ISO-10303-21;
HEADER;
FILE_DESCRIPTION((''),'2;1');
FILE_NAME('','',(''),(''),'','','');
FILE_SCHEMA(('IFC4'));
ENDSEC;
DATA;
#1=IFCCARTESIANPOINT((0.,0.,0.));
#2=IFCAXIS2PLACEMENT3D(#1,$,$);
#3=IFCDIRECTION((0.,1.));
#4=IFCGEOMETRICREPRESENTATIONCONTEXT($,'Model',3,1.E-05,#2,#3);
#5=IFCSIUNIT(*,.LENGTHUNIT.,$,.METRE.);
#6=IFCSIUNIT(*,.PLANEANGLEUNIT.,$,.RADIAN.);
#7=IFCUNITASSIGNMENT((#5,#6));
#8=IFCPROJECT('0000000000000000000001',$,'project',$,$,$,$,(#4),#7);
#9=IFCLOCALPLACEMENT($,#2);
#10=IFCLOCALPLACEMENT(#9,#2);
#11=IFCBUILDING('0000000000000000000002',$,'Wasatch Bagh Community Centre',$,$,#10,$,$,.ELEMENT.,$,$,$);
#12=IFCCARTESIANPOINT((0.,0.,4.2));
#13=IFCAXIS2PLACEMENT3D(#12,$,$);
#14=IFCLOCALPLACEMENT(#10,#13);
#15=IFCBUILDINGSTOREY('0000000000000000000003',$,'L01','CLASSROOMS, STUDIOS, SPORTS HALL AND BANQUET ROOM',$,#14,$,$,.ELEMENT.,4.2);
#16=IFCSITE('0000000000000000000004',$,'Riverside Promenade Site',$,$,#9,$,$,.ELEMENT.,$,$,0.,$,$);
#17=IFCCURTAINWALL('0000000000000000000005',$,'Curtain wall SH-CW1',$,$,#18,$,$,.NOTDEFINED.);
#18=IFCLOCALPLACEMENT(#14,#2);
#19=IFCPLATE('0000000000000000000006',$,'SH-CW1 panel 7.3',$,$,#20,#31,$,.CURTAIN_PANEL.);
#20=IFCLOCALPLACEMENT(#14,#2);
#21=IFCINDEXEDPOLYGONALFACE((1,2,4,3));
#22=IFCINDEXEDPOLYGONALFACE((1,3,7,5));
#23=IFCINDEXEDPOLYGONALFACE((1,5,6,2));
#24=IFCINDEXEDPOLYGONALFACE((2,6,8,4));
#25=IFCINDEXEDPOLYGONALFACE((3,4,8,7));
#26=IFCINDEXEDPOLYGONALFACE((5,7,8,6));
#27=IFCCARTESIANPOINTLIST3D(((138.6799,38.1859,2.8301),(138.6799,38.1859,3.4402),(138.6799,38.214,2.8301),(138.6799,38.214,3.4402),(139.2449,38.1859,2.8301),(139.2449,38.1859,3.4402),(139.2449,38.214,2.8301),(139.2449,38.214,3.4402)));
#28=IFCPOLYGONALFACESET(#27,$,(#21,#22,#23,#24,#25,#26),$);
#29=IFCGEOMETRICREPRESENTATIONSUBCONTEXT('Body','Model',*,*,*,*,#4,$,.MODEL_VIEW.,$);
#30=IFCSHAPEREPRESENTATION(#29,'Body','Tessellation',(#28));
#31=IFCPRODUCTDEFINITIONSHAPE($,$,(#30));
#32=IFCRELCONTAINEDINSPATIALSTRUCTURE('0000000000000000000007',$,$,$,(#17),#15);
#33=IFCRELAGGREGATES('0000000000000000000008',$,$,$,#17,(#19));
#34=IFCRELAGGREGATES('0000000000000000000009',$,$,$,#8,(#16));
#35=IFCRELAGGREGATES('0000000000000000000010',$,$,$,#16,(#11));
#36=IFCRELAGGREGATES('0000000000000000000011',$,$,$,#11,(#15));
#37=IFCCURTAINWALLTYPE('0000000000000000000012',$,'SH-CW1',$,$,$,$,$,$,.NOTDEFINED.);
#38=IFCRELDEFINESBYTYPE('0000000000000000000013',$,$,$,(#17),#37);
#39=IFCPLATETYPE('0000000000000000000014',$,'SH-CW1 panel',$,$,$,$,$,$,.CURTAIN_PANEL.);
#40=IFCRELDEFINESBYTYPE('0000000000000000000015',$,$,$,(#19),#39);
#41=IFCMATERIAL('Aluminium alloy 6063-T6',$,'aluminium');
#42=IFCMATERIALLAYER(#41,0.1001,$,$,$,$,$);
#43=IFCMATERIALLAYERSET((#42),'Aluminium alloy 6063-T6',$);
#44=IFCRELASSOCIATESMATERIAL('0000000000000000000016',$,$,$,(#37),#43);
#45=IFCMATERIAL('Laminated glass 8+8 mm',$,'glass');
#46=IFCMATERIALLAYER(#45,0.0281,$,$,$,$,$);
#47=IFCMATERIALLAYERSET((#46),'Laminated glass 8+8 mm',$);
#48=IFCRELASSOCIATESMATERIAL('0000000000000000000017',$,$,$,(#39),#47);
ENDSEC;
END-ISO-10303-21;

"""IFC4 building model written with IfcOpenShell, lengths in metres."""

from ifc_helpers import new_model, si_unit, direction, frame, origin, origin_2d, place, context, subcontext, project, spatial, rectangle, extrude, material, layer, layer_set, type_object, element, aggregate, save


model = new_model("IFC4")

# Units and contexts
model_context = context("Model", 3, precision=1e-05, world=origin(), true_north=direction((0.0, 1.0)))
body_context = subcontext(model_context, "Body", "Model", "MODEL_VIEW")
ifc_project = project(units=[si_unit("LENGTHUNIT", "METRE"), si_unit("PLANEANGLEUNIT", "RADIAN")], contexts=[model_context])

# Site, building, storey
site_placement = place(None, origin())
site = spatial("IfcSite", under=ifc_project, at=site_placement, Name="Riverside Promenade Site", CompositionType="ELEMENT", RefElevation=0.0)
building_placement = place(site_placement, origin())
building = spatial("IfcBuilding", under=site, at=building_placement, Name="Wasatch Bagh Community Centre", CompositionType="ELEMENT")
storey_placement = place(building_placement, frame((0.0, 0.0, 4.2)))
storey = spatial("IfcBuildingStorey", under=building, at=storey_placement, Name="L01", Description="CLASSROOMS, STUDIOS, SPORTS HALL AND BANQUET ROOM", CompositionType="ELEMENT", Elevation=4.2)

# Curtain wall, plate
ifc_material_1 = material(Name="Aluminium alloy 6063-T6", Category="aluminium")
ifc_layer_1 = layer(ifc_material_1, 0.1001)
ifc_layer_set_1 = layer_set([ifc_layer_1], Name="Aluminium alloy 6063-T6")
curtain_wall_type = type_object("IfcCurtainWallType", Name="SH-CW1", PredefinedType="NOTDEFINED", material=ifc_layer_set_1)
curtain_wall_placement = place(storey_placement, origin())
curtain_wall = element("IfcCurtainWall", 1, at=curtain_wall_placement, inside=storey, type_object=curtain_wall_type, Name="Curtain wall SH-CW1", PredefinedType="NOTDEFINED")
ifc_material_2 = material(Name="Laminated glass 8+8 mm", Category="glass")
ifc_layer_2 = layer(ifc_material_2, 0.0281)
ifc_layer_set_2 = layer_set([ifc_layer_2], Name="Laminated glass 8+8 mm")
plate_type = type_object("IfcPlateType", Name="SH-CW1 panel", PredefinedType="CURTAIN_PANEL", material=ifc_layer_set_2)
plate_1_placement = place(storey_placement, frame((138.9624, 38.2, 2.8301), z_axis=(0.0, 0.0, 1.0), x_axis=(1.0, 0.0, 0.0)))
plate_1 = element("IfcPlate", 2, at=plate_1_placement, type_object=plate_type, Name="SH-CW1 panel 7.3", PredefinedType="CURTAIN_PANEL", context=body_context, shape_type="SweptSolid", body=[
    extrude(rectangle(XDim=0.5649, YDim=0.0281, at=origin_2d()), origin(), (0.0, 0.0, 1.0), 0.6101),
])
aggregate(curtain_wall, [plate_1])

save(model, "model.ifc")
